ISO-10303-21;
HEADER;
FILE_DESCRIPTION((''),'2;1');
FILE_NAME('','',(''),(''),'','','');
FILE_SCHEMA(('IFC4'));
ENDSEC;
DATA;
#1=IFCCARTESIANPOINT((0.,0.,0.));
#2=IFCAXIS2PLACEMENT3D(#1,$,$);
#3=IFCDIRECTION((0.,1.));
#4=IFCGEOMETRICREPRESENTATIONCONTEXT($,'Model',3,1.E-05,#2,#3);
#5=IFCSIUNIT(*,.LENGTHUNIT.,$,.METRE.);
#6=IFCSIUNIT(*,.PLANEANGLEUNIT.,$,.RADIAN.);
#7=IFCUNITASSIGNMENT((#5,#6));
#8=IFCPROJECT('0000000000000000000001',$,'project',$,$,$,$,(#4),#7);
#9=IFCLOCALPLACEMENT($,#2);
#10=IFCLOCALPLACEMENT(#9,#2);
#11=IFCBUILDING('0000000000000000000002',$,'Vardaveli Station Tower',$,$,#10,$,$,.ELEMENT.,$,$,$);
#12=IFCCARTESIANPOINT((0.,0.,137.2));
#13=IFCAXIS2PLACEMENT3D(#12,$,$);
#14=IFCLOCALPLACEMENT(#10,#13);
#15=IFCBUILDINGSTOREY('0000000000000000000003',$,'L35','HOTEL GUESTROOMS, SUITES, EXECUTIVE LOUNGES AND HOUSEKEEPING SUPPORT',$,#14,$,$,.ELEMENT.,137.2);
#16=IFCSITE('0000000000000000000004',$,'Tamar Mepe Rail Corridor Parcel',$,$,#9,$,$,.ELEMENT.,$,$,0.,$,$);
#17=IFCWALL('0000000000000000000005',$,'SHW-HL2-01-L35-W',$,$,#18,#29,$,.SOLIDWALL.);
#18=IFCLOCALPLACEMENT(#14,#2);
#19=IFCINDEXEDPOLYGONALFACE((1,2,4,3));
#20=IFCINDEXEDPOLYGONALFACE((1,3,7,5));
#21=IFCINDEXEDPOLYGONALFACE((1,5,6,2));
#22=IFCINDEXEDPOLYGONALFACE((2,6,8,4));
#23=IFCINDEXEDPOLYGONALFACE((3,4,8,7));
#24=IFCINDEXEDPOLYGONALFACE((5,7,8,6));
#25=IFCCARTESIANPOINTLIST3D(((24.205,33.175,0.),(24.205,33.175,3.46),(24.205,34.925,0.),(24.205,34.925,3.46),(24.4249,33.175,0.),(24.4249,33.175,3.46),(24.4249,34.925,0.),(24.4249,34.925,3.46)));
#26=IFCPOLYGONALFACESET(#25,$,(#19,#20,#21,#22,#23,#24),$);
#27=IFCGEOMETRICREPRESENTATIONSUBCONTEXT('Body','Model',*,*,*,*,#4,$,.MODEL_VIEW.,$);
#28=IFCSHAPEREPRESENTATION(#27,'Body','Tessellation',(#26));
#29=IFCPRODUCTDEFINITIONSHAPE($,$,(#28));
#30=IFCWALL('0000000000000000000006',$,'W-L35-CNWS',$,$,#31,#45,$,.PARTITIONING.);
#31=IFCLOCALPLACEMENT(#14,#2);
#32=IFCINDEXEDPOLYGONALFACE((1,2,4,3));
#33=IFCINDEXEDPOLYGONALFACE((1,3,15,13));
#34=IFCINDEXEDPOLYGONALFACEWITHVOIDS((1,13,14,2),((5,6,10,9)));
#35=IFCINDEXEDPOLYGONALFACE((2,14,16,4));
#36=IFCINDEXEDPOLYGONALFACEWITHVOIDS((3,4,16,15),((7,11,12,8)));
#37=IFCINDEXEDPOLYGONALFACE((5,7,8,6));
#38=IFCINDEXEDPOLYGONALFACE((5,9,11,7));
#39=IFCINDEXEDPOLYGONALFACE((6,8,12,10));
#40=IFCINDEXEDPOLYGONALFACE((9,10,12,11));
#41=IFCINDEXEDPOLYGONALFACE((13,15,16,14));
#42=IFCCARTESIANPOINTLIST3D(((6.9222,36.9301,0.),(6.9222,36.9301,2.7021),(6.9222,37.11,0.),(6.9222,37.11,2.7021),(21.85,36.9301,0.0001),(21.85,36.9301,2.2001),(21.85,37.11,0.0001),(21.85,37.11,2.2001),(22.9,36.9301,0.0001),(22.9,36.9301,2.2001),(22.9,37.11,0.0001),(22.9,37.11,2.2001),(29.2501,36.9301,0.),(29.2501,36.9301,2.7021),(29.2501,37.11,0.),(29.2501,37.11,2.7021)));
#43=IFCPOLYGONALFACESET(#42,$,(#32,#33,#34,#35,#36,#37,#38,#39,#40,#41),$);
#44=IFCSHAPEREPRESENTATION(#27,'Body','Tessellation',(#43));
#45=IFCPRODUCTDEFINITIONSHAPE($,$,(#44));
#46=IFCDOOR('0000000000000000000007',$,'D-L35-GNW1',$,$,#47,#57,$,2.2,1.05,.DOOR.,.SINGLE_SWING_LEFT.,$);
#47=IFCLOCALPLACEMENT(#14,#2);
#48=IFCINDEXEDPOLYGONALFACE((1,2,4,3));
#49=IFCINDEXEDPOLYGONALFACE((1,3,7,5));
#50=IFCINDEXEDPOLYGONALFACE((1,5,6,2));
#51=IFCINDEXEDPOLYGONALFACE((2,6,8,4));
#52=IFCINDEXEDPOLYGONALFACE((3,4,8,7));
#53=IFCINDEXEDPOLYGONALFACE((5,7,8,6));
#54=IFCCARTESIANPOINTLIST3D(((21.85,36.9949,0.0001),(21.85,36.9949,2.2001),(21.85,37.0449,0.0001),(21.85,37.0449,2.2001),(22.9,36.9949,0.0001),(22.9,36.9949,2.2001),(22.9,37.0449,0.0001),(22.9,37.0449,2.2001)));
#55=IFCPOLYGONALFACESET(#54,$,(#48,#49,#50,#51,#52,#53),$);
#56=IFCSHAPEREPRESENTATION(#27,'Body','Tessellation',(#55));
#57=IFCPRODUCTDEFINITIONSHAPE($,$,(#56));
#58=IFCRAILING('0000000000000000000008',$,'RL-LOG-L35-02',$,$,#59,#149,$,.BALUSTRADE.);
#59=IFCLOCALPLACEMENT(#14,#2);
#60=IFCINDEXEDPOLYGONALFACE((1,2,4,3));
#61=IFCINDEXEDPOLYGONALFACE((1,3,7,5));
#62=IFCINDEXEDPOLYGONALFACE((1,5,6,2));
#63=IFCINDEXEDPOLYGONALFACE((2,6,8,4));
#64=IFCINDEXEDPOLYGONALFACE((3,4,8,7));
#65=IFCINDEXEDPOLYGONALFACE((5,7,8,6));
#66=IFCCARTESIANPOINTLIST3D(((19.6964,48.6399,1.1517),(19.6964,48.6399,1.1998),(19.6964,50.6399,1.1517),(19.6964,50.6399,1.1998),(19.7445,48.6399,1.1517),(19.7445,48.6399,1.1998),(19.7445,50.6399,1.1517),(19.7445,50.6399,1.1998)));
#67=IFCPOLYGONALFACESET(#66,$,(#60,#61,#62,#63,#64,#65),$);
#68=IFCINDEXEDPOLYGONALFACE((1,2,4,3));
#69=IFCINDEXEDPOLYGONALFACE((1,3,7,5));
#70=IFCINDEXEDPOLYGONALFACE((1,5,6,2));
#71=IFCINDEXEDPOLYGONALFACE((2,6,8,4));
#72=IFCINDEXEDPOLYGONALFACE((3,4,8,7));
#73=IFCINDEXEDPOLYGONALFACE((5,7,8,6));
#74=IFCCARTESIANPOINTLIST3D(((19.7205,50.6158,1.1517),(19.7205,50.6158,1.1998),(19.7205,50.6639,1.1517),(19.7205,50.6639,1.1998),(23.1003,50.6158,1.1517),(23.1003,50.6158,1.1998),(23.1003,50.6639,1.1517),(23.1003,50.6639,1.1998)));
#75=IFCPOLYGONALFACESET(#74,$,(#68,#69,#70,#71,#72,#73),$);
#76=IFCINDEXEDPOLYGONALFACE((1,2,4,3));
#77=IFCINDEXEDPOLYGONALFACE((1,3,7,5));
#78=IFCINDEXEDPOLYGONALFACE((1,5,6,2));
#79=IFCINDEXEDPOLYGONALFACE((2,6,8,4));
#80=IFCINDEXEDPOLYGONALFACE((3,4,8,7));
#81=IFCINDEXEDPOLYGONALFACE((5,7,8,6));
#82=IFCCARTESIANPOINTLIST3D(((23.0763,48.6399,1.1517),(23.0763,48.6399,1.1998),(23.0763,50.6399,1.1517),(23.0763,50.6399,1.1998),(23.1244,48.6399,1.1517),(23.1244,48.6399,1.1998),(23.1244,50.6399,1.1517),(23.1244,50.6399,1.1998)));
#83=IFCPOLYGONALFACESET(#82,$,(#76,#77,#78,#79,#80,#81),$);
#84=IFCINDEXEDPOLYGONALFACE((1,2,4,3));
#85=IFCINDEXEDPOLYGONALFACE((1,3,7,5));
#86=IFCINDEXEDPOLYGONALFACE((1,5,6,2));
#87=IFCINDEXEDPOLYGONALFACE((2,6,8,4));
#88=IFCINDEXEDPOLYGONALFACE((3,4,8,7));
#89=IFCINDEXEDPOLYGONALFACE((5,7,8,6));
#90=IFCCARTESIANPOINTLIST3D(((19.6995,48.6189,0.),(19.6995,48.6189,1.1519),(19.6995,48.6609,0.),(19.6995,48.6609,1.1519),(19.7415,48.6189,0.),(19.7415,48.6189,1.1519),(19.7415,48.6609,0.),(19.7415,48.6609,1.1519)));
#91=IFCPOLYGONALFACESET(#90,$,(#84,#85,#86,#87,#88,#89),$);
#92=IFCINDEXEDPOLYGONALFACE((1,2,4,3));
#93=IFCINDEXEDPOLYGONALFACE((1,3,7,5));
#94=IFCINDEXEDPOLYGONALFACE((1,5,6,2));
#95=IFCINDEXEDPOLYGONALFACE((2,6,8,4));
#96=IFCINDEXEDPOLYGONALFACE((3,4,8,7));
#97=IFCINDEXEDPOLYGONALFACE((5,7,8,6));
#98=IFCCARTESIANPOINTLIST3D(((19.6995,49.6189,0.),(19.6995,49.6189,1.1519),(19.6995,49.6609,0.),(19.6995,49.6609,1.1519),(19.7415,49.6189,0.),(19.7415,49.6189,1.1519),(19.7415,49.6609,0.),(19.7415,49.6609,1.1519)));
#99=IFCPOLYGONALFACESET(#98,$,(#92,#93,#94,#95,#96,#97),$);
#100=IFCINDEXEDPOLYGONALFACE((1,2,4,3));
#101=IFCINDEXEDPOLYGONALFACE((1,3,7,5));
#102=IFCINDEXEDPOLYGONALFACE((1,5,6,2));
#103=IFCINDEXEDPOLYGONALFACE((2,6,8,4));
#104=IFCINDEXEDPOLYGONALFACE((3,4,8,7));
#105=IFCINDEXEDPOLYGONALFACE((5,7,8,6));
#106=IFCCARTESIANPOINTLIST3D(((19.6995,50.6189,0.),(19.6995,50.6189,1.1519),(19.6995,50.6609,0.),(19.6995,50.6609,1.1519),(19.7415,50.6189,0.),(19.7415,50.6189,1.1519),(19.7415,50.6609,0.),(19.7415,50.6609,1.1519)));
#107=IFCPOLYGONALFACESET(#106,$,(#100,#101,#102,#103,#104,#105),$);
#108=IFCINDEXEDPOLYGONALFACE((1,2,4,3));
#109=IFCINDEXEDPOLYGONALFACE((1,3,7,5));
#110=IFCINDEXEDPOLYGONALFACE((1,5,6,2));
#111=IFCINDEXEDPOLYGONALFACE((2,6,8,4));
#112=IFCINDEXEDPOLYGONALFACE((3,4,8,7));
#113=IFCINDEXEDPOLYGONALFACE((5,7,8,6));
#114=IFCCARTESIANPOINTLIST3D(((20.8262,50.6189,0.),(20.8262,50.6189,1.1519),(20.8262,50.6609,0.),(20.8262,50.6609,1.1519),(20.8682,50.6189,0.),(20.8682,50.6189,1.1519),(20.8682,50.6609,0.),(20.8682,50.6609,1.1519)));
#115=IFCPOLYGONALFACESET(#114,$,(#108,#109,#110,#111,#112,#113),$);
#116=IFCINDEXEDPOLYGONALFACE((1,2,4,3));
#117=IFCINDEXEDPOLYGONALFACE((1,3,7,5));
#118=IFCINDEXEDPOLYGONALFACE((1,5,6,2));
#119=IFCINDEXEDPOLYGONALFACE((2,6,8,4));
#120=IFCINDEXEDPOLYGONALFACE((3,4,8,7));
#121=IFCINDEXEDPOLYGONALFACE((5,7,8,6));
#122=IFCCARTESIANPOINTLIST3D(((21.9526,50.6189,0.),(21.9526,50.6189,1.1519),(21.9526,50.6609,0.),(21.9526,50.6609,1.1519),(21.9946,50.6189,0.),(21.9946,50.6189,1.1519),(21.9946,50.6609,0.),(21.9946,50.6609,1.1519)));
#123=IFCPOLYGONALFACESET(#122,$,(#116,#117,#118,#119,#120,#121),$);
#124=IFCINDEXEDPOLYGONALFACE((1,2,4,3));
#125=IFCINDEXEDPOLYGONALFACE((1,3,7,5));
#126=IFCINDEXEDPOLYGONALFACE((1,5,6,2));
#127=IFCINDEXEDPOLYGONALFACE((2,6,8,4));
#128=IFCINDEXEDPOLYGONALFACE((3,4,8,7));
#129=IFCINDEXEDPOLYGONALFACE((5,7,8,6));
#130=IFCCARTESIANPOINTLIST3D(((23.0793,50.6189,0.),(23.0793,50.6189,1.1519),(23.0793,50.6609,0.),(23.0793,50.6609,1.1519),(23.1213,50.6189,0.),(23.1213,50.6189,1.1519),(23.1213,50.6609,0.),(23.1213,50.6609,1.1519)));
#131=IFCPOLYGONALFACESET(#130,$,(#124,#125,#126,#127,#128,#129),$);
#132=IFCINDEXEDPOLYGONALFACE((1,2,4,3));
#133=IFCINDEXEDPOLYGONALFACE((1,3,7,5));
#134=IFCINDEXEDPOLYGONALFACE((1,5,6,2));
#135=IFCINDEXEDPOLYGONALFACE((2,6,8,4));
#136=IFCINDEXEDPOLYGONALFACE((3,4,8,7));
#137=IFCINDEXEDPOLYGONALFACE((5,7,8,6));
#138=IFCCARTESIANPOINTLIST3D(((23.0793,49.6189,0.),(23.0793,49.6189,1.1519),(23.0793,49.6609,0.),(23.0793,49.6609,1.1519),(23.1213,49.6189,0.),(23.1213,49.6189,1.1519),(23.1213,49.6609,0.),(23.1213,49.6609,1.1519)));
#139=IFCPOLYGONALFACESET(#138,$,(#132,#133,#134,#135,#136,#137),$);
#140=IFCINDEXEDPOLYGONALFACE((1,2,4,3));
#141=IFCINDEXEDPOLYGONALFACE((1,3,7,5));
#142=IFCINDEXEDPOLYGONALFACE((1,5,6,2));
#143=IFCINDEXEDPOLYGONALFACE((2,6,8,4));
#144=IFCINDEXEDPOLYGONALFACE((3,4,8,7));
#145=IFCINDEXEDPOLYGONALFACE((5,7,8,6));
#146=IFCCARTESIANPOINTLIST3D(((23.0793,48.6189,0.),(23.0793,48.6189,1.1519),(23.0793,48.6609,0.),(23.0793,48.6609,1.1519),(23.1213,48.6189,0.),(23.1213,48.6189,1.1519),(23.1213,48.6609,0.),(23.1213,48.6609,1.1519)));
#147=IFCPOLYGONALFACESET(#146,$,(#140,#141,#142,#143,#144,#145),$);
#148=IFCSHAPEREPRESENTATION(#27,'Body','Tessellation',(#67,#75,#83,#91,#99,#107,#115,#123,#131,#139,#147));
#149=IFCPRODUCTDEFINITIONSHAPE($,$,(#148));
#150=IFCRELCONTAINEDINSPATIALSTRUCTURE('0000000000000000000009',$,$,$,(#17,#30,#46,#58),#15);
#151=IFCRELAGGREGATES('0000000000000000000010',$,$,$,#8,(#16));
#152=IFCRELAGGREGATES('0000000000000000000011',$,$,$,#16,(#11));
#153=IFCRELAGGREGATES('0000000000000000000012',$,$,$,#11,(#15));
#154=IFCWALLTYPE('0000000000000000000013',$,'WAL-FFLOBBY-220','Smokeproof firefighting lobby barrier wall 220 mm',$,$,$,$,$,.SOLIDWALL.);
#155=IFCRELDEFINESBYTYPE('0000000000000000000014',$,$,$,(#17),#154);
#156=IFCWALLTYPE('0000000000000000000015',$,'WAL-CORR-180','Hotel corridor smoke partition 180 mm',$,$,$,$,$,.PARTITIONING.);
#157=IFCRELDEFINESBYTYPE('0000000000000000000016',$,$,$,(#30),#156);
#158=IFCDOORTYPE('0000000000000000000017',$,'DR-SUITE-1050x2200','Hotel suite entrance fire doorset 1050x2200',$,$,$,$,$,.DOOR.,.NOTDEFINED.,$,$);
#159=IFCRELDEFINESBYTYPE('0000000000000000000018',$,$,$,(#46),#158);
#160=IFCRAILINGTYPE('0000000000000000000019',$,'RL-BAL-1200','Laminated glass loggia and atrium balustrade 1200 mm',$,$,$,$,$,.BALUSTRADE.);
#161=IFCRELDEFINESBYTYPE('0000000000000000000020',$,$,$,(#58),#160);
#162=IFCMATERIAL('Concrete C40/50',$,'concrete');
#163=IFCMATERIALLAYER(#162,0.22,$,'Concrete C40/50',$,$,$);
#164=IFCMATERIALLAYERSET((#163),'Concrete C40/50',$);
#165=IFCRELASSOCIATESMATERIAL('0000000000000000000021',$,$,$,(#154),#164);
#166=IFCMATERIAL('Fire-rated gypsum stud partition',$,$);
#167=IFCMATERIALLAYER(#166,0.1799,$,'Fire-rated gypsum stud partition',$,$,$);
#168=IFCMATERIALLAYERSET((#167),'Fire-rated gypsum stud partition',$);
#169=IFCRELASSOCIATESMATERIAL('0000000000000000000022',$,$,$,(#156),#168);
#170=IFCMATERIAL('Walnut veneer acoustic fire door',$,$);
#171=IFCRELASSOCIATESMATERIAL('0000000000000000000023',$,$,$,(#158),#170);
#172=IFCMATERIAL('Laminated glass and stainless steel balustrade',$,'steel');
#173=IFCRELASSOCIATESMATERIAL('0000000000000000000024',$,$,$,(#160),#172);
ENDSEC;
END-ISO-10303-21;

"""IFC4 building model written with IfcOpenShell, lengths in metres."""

from ifc_helpers import new_model, si_unit, direction, frame, frame_2d, origin, origin_2d, place, context, subcontext, project, spatial, rectangle, extrude, source, transform, mapped, material, layer, layer_set, type_object, element, fill, save


model = new_model("IFC4")

# Units and contexts
model_context = context("Model", 3, precision=1e-05, world=origin(), true_north=direction((0.0, 1.0)))
body_context = subcontext(model_context, "Body", "Model", "MODEL_VIEW")
ifc_project = project(units=[si_unit("LENGTHUNIT", "METRE"), si_unit("PLANEANGLEUNIT", "RADIAN")], contexts=[model_context])

# Site, building, storey
site_placement = place(None, origin())
site = spatial("IfcSite", under=ifc_project, at=site_placement, Name="Tamar Mepe Rail Corridor Parcel", CompositionType="ELEMENT", RefElevation=0.0)
building_placement = place(site_placement, origin())
building = spatial("IfcBuilding", under=site, at=building_placement, Name="Vardaveli Station Tower", CompositionType="ELEMENT")
storey_placement = place(building_placement, frame((0.0, 0.0, 137.2)))
storey = spatial("IfcBuildingStorey", under=building, at=storey_placement, Name="L35", Description="HOTEL GUESTROOMS, SUITES, EXECUTIVE LOUNGES AND HOUSEKEEPING SUPPORT", CompositionType="ELEMENT", Elevation=137.2)

# Shared definitions
ifc_material_1 = material(Name="Concrete C40/50", Category="concrete")
ifc_layer_1 = layer(ifc_material_1, 0.22, Name="Concrete C40/50")
ifc_layer_set_1 = layer_set([ifc_layer_1], Name="Concrete C40/50")
wall_type_1 = type_object("IfcWallType", Name="WAL-FFLOBBY-220", Description="Smokeproof firefighting lobby barrier wall 220 mm", PredefinedType="SOLIDWALL", material=ifc_layer_set_1)

# Wall
shared_shape_1 = source(origin(), body_context, "Body", "SweptSolid", [
    extrude(rectangle(XDim=1.75, YDim=0.22, at=frame_2d((0.875, 0.0))), origin(), (0.0, 0.0, 1.0), 3.46),
])
wall_1_placement = place(storey_placement, frame((24.3149, 33.175, 0.0), z_axis=(0.0, 0.0, 1.0), x_axis=(0.0, 1.0, 0.0)))
element("IfcWall", 1, at=wall_1_placement, inside=storey, type_object=wall_type_1, Name="SHW-HL2-01-L35-W", PredefinedType="SOLIDWALL", context=body_context, shape_type="MappedRepresentation", body=[
    mapped(shared_shape_1, transform((0.0, 0.0, 0.0), scale=1.0)),
])

# Wall, opening, door
ifc_material_2 = material(Name="Fire-rated gypsum stud partition")
ifc_layer_2 = layer(ifc_material_2, 0.1799, Name="Fire-rated gypsum stud partition")
ifc_layer_set_2 = layer_set([ifc_layer_2], Name="Fire-rated gypsum stud partition")
wall_type_2 = type_object("IfcWallType", Name="WAL-CORR-180", Description="Hotel corridor smoke partition 180 mm", PredefinedType="PARTITIONING", material=ifc_layer_set_2)
shared_shape_2 = source(origin(), body_context, "Body", "SweptSolid", [
    extrude(rectangle(XDim=22.3279, YDim=0.1799, at=frame_2d((11.1641, 0.0))), origin(), (0.0, 0.0, 1.0), 2.7021),
])
wall_2_placement = place(storey_placement, frame((6.9221, 37.02, 0.0), z_axis=(0.0, 0.0, 1.0), x_axis=(1.0, 0.0, 0.0)))
wall_2 = element("IfcWall", 2, at=wall_2_placement, inside=storey, type_object=wall_type_2, Name="W-L35-CNWS", PredefinedType="PARTITIONING", context=body_context, shape_type="MappedRepresentation", body=[
    mapped(shared_shape_2, transform((0.0, 0.0, 0.0), scale=1.0)),
])
shared_shape_3 = source(origin(), body_context, "Body", "SweptSolid", [
    extrude(rectangle(XDim=1.05, YDim=2.2, at=frame_2d((0.5249, 1.1001))), frame((0.0, 0.1001, 0.0), z_axis=(0.0, -1.0, 0.0), x_axis=(1.0, 0.0, 0.0)), (0.0, 0.0, 1.0), 0.2),
])
opening_1_placement = place(wall_2_placement, frame((14.928, 0.0, 0.0)))
opening_1 = element("IfcOpeningElement", 3, at=opening_1_placement, cuts=wall_2, PredefinedType="OPENING", context=body_context, shape_type="MappedRepresentation", body=[
    mapped(shared_shape_3, transform((0.0, 0.0, 0.0), scale=1.0)),
])
ifc_material_3 = material(Name="Walnut veneer acoustic fire door")
door_type_1 = type_object("IfcDoorType", Name="DR-SUITE-1050x2200", Description="Hotel suite entrance fire doorset 1050x2200", OperationType="NOTDEFINED", PredefinedType="DOOR", material=ifc_material_3)
shared_shape_4 = source(origin(), body_context, "Body", "SweptSolid", [
    extrude(rectangle(XDim=1.05, YDim=2.2, at=frame_2d((0.5249, 1.1001))), frame((0.0, 0.0249, 0.0), z_axis=(0.0, -1.0, 0.0), x_axis=(1.0, 0.0, 0.0)), (0.0, 0.0, 1.0), 0.05),
])
door_1_placement = place(opening_1_placement, origin())
door_1 = element("IfcDoor", 4, at=door_1_placement, inside=storey, type_object=door_type_1, Name="D-L35-GNW1", OperationType="SINGLE_SWING_LEFT", OverallHeight=2.2, OverallWidth=1.05, PredefinedType="DOOR", context=body_context, shape_type="MappedRepresentation", body=[
    mapped(shared_shape_4, transform((0.0, 0.0, 0.0), scale=1.0)),
])
fill(opening_1, door_1)

# Railing
ifc_material_4 = material(Name="Laminated glass and stainless steel balustrade", Category="steel")
railing_type = type_object("IfcRailingType", Name="RL-BAL-1200", Description="Laminated glass loggia and atrium balustrade 1200 mm", PredefinedType="BALUSTRADE", material=ifc_material_4)
shared_shape_5 = source(origin(), body_context, "Body", "SweptSolid", [
    extrude(rectangle(XDim=0.0481, YDim=0.0481, at=origin_2d()), frame((0.0, 0.0, 1.1758), z_axis=(0.0, 1.0, 0.0), x_axis=(-1.0, 0.0, 0.0)), (0.0, 0.0, 1.0), 2.0),
    extrude(rectangle(XDim=0.0481, YDim=0.0481, at=origin_2d()), frame((0.0, 2.0, 1.1758), z_axis=(1.0, 0.0, 0.0), x_axis=(0.0, 1.0, 0.0)), (0.0, 0.0, 1.0), 3.3799),
    extrude(rectangle(XDim=0.0481, YDim=0.0481, at=origin_2d()), frame((3.3799, 2.0, 1.1758), z_axis=(0.0, -1.0, 0.0), x_axis=(1.0, 0.0, 0.0)), (0.0, 0.0, 1.0), 2.0),
    extrude(rectangle(XDim=0.042, YDim=0.042, at=origin_2d()), origin(), (0.0, 0.0, 1.0), 1.1519),
    extrude(rectangle(XDim=0.042, YDim=0.042, at=origin_2d()), frame((0.0, 1.0, 0.0)), (0.0, 0.0, 1.0), 1.1519),
    extrude(rectangle(XDim=0.042, YDim=0.042, at=origin_2d()), frame((0.0, 2.0, 0.0)), (0.0, 0.0, 1.0), 1.1519),
    extrude(rectangle(XDim=0.042, YDim=0.042, at=origin_2d()), frame((1.1267, 2.0, 0.0)), (0.0, 0.0, 1.0), 1.1519),
    extrude(rectangle(XDim=0.042, YDim=0.042, at=origin_2d()), frame((2.2532, 2.0, 0.0)), (0.0, 0.0, 1.0), 1.1519),
    extrude(rectangle(XDim=0.042, YDim=0.042, at=origin_2d()), frame((3.3799, 2.0, 0.0)), (0.0, 0.0, 1.0), 1.1519),
    extrude(rectangle(XDim=0.042, YDim=0.042, at=origin_2d()), frame((3.3799, 1.0, 0.0)), (0.0, 0.0, 1.0), 1.1519),
    extrude(rectangle(XDim=0.042, YDim=0.042, at=origin_2d()), frame((3.3799, 0.0, 0.0)), (0.0, 0.0, 1.0), 1.1519),
])
railing_placement = place(storey_placement, frame((19.7205, 48.6399, 0.0)))
element("IfcRailing", 5, at=railing_placement, inside=storey, type_object=railing_type, Name="RL-LOG-L35-02", PredefinedType="BALUSTRADE", context=body_context, shape_type="MappedRepresentation", body=[
    mapped(shared_shape_5, transform((0.0, 0.0, 0.0), scale=1.0)),
])

save(model, "model.ifc")
